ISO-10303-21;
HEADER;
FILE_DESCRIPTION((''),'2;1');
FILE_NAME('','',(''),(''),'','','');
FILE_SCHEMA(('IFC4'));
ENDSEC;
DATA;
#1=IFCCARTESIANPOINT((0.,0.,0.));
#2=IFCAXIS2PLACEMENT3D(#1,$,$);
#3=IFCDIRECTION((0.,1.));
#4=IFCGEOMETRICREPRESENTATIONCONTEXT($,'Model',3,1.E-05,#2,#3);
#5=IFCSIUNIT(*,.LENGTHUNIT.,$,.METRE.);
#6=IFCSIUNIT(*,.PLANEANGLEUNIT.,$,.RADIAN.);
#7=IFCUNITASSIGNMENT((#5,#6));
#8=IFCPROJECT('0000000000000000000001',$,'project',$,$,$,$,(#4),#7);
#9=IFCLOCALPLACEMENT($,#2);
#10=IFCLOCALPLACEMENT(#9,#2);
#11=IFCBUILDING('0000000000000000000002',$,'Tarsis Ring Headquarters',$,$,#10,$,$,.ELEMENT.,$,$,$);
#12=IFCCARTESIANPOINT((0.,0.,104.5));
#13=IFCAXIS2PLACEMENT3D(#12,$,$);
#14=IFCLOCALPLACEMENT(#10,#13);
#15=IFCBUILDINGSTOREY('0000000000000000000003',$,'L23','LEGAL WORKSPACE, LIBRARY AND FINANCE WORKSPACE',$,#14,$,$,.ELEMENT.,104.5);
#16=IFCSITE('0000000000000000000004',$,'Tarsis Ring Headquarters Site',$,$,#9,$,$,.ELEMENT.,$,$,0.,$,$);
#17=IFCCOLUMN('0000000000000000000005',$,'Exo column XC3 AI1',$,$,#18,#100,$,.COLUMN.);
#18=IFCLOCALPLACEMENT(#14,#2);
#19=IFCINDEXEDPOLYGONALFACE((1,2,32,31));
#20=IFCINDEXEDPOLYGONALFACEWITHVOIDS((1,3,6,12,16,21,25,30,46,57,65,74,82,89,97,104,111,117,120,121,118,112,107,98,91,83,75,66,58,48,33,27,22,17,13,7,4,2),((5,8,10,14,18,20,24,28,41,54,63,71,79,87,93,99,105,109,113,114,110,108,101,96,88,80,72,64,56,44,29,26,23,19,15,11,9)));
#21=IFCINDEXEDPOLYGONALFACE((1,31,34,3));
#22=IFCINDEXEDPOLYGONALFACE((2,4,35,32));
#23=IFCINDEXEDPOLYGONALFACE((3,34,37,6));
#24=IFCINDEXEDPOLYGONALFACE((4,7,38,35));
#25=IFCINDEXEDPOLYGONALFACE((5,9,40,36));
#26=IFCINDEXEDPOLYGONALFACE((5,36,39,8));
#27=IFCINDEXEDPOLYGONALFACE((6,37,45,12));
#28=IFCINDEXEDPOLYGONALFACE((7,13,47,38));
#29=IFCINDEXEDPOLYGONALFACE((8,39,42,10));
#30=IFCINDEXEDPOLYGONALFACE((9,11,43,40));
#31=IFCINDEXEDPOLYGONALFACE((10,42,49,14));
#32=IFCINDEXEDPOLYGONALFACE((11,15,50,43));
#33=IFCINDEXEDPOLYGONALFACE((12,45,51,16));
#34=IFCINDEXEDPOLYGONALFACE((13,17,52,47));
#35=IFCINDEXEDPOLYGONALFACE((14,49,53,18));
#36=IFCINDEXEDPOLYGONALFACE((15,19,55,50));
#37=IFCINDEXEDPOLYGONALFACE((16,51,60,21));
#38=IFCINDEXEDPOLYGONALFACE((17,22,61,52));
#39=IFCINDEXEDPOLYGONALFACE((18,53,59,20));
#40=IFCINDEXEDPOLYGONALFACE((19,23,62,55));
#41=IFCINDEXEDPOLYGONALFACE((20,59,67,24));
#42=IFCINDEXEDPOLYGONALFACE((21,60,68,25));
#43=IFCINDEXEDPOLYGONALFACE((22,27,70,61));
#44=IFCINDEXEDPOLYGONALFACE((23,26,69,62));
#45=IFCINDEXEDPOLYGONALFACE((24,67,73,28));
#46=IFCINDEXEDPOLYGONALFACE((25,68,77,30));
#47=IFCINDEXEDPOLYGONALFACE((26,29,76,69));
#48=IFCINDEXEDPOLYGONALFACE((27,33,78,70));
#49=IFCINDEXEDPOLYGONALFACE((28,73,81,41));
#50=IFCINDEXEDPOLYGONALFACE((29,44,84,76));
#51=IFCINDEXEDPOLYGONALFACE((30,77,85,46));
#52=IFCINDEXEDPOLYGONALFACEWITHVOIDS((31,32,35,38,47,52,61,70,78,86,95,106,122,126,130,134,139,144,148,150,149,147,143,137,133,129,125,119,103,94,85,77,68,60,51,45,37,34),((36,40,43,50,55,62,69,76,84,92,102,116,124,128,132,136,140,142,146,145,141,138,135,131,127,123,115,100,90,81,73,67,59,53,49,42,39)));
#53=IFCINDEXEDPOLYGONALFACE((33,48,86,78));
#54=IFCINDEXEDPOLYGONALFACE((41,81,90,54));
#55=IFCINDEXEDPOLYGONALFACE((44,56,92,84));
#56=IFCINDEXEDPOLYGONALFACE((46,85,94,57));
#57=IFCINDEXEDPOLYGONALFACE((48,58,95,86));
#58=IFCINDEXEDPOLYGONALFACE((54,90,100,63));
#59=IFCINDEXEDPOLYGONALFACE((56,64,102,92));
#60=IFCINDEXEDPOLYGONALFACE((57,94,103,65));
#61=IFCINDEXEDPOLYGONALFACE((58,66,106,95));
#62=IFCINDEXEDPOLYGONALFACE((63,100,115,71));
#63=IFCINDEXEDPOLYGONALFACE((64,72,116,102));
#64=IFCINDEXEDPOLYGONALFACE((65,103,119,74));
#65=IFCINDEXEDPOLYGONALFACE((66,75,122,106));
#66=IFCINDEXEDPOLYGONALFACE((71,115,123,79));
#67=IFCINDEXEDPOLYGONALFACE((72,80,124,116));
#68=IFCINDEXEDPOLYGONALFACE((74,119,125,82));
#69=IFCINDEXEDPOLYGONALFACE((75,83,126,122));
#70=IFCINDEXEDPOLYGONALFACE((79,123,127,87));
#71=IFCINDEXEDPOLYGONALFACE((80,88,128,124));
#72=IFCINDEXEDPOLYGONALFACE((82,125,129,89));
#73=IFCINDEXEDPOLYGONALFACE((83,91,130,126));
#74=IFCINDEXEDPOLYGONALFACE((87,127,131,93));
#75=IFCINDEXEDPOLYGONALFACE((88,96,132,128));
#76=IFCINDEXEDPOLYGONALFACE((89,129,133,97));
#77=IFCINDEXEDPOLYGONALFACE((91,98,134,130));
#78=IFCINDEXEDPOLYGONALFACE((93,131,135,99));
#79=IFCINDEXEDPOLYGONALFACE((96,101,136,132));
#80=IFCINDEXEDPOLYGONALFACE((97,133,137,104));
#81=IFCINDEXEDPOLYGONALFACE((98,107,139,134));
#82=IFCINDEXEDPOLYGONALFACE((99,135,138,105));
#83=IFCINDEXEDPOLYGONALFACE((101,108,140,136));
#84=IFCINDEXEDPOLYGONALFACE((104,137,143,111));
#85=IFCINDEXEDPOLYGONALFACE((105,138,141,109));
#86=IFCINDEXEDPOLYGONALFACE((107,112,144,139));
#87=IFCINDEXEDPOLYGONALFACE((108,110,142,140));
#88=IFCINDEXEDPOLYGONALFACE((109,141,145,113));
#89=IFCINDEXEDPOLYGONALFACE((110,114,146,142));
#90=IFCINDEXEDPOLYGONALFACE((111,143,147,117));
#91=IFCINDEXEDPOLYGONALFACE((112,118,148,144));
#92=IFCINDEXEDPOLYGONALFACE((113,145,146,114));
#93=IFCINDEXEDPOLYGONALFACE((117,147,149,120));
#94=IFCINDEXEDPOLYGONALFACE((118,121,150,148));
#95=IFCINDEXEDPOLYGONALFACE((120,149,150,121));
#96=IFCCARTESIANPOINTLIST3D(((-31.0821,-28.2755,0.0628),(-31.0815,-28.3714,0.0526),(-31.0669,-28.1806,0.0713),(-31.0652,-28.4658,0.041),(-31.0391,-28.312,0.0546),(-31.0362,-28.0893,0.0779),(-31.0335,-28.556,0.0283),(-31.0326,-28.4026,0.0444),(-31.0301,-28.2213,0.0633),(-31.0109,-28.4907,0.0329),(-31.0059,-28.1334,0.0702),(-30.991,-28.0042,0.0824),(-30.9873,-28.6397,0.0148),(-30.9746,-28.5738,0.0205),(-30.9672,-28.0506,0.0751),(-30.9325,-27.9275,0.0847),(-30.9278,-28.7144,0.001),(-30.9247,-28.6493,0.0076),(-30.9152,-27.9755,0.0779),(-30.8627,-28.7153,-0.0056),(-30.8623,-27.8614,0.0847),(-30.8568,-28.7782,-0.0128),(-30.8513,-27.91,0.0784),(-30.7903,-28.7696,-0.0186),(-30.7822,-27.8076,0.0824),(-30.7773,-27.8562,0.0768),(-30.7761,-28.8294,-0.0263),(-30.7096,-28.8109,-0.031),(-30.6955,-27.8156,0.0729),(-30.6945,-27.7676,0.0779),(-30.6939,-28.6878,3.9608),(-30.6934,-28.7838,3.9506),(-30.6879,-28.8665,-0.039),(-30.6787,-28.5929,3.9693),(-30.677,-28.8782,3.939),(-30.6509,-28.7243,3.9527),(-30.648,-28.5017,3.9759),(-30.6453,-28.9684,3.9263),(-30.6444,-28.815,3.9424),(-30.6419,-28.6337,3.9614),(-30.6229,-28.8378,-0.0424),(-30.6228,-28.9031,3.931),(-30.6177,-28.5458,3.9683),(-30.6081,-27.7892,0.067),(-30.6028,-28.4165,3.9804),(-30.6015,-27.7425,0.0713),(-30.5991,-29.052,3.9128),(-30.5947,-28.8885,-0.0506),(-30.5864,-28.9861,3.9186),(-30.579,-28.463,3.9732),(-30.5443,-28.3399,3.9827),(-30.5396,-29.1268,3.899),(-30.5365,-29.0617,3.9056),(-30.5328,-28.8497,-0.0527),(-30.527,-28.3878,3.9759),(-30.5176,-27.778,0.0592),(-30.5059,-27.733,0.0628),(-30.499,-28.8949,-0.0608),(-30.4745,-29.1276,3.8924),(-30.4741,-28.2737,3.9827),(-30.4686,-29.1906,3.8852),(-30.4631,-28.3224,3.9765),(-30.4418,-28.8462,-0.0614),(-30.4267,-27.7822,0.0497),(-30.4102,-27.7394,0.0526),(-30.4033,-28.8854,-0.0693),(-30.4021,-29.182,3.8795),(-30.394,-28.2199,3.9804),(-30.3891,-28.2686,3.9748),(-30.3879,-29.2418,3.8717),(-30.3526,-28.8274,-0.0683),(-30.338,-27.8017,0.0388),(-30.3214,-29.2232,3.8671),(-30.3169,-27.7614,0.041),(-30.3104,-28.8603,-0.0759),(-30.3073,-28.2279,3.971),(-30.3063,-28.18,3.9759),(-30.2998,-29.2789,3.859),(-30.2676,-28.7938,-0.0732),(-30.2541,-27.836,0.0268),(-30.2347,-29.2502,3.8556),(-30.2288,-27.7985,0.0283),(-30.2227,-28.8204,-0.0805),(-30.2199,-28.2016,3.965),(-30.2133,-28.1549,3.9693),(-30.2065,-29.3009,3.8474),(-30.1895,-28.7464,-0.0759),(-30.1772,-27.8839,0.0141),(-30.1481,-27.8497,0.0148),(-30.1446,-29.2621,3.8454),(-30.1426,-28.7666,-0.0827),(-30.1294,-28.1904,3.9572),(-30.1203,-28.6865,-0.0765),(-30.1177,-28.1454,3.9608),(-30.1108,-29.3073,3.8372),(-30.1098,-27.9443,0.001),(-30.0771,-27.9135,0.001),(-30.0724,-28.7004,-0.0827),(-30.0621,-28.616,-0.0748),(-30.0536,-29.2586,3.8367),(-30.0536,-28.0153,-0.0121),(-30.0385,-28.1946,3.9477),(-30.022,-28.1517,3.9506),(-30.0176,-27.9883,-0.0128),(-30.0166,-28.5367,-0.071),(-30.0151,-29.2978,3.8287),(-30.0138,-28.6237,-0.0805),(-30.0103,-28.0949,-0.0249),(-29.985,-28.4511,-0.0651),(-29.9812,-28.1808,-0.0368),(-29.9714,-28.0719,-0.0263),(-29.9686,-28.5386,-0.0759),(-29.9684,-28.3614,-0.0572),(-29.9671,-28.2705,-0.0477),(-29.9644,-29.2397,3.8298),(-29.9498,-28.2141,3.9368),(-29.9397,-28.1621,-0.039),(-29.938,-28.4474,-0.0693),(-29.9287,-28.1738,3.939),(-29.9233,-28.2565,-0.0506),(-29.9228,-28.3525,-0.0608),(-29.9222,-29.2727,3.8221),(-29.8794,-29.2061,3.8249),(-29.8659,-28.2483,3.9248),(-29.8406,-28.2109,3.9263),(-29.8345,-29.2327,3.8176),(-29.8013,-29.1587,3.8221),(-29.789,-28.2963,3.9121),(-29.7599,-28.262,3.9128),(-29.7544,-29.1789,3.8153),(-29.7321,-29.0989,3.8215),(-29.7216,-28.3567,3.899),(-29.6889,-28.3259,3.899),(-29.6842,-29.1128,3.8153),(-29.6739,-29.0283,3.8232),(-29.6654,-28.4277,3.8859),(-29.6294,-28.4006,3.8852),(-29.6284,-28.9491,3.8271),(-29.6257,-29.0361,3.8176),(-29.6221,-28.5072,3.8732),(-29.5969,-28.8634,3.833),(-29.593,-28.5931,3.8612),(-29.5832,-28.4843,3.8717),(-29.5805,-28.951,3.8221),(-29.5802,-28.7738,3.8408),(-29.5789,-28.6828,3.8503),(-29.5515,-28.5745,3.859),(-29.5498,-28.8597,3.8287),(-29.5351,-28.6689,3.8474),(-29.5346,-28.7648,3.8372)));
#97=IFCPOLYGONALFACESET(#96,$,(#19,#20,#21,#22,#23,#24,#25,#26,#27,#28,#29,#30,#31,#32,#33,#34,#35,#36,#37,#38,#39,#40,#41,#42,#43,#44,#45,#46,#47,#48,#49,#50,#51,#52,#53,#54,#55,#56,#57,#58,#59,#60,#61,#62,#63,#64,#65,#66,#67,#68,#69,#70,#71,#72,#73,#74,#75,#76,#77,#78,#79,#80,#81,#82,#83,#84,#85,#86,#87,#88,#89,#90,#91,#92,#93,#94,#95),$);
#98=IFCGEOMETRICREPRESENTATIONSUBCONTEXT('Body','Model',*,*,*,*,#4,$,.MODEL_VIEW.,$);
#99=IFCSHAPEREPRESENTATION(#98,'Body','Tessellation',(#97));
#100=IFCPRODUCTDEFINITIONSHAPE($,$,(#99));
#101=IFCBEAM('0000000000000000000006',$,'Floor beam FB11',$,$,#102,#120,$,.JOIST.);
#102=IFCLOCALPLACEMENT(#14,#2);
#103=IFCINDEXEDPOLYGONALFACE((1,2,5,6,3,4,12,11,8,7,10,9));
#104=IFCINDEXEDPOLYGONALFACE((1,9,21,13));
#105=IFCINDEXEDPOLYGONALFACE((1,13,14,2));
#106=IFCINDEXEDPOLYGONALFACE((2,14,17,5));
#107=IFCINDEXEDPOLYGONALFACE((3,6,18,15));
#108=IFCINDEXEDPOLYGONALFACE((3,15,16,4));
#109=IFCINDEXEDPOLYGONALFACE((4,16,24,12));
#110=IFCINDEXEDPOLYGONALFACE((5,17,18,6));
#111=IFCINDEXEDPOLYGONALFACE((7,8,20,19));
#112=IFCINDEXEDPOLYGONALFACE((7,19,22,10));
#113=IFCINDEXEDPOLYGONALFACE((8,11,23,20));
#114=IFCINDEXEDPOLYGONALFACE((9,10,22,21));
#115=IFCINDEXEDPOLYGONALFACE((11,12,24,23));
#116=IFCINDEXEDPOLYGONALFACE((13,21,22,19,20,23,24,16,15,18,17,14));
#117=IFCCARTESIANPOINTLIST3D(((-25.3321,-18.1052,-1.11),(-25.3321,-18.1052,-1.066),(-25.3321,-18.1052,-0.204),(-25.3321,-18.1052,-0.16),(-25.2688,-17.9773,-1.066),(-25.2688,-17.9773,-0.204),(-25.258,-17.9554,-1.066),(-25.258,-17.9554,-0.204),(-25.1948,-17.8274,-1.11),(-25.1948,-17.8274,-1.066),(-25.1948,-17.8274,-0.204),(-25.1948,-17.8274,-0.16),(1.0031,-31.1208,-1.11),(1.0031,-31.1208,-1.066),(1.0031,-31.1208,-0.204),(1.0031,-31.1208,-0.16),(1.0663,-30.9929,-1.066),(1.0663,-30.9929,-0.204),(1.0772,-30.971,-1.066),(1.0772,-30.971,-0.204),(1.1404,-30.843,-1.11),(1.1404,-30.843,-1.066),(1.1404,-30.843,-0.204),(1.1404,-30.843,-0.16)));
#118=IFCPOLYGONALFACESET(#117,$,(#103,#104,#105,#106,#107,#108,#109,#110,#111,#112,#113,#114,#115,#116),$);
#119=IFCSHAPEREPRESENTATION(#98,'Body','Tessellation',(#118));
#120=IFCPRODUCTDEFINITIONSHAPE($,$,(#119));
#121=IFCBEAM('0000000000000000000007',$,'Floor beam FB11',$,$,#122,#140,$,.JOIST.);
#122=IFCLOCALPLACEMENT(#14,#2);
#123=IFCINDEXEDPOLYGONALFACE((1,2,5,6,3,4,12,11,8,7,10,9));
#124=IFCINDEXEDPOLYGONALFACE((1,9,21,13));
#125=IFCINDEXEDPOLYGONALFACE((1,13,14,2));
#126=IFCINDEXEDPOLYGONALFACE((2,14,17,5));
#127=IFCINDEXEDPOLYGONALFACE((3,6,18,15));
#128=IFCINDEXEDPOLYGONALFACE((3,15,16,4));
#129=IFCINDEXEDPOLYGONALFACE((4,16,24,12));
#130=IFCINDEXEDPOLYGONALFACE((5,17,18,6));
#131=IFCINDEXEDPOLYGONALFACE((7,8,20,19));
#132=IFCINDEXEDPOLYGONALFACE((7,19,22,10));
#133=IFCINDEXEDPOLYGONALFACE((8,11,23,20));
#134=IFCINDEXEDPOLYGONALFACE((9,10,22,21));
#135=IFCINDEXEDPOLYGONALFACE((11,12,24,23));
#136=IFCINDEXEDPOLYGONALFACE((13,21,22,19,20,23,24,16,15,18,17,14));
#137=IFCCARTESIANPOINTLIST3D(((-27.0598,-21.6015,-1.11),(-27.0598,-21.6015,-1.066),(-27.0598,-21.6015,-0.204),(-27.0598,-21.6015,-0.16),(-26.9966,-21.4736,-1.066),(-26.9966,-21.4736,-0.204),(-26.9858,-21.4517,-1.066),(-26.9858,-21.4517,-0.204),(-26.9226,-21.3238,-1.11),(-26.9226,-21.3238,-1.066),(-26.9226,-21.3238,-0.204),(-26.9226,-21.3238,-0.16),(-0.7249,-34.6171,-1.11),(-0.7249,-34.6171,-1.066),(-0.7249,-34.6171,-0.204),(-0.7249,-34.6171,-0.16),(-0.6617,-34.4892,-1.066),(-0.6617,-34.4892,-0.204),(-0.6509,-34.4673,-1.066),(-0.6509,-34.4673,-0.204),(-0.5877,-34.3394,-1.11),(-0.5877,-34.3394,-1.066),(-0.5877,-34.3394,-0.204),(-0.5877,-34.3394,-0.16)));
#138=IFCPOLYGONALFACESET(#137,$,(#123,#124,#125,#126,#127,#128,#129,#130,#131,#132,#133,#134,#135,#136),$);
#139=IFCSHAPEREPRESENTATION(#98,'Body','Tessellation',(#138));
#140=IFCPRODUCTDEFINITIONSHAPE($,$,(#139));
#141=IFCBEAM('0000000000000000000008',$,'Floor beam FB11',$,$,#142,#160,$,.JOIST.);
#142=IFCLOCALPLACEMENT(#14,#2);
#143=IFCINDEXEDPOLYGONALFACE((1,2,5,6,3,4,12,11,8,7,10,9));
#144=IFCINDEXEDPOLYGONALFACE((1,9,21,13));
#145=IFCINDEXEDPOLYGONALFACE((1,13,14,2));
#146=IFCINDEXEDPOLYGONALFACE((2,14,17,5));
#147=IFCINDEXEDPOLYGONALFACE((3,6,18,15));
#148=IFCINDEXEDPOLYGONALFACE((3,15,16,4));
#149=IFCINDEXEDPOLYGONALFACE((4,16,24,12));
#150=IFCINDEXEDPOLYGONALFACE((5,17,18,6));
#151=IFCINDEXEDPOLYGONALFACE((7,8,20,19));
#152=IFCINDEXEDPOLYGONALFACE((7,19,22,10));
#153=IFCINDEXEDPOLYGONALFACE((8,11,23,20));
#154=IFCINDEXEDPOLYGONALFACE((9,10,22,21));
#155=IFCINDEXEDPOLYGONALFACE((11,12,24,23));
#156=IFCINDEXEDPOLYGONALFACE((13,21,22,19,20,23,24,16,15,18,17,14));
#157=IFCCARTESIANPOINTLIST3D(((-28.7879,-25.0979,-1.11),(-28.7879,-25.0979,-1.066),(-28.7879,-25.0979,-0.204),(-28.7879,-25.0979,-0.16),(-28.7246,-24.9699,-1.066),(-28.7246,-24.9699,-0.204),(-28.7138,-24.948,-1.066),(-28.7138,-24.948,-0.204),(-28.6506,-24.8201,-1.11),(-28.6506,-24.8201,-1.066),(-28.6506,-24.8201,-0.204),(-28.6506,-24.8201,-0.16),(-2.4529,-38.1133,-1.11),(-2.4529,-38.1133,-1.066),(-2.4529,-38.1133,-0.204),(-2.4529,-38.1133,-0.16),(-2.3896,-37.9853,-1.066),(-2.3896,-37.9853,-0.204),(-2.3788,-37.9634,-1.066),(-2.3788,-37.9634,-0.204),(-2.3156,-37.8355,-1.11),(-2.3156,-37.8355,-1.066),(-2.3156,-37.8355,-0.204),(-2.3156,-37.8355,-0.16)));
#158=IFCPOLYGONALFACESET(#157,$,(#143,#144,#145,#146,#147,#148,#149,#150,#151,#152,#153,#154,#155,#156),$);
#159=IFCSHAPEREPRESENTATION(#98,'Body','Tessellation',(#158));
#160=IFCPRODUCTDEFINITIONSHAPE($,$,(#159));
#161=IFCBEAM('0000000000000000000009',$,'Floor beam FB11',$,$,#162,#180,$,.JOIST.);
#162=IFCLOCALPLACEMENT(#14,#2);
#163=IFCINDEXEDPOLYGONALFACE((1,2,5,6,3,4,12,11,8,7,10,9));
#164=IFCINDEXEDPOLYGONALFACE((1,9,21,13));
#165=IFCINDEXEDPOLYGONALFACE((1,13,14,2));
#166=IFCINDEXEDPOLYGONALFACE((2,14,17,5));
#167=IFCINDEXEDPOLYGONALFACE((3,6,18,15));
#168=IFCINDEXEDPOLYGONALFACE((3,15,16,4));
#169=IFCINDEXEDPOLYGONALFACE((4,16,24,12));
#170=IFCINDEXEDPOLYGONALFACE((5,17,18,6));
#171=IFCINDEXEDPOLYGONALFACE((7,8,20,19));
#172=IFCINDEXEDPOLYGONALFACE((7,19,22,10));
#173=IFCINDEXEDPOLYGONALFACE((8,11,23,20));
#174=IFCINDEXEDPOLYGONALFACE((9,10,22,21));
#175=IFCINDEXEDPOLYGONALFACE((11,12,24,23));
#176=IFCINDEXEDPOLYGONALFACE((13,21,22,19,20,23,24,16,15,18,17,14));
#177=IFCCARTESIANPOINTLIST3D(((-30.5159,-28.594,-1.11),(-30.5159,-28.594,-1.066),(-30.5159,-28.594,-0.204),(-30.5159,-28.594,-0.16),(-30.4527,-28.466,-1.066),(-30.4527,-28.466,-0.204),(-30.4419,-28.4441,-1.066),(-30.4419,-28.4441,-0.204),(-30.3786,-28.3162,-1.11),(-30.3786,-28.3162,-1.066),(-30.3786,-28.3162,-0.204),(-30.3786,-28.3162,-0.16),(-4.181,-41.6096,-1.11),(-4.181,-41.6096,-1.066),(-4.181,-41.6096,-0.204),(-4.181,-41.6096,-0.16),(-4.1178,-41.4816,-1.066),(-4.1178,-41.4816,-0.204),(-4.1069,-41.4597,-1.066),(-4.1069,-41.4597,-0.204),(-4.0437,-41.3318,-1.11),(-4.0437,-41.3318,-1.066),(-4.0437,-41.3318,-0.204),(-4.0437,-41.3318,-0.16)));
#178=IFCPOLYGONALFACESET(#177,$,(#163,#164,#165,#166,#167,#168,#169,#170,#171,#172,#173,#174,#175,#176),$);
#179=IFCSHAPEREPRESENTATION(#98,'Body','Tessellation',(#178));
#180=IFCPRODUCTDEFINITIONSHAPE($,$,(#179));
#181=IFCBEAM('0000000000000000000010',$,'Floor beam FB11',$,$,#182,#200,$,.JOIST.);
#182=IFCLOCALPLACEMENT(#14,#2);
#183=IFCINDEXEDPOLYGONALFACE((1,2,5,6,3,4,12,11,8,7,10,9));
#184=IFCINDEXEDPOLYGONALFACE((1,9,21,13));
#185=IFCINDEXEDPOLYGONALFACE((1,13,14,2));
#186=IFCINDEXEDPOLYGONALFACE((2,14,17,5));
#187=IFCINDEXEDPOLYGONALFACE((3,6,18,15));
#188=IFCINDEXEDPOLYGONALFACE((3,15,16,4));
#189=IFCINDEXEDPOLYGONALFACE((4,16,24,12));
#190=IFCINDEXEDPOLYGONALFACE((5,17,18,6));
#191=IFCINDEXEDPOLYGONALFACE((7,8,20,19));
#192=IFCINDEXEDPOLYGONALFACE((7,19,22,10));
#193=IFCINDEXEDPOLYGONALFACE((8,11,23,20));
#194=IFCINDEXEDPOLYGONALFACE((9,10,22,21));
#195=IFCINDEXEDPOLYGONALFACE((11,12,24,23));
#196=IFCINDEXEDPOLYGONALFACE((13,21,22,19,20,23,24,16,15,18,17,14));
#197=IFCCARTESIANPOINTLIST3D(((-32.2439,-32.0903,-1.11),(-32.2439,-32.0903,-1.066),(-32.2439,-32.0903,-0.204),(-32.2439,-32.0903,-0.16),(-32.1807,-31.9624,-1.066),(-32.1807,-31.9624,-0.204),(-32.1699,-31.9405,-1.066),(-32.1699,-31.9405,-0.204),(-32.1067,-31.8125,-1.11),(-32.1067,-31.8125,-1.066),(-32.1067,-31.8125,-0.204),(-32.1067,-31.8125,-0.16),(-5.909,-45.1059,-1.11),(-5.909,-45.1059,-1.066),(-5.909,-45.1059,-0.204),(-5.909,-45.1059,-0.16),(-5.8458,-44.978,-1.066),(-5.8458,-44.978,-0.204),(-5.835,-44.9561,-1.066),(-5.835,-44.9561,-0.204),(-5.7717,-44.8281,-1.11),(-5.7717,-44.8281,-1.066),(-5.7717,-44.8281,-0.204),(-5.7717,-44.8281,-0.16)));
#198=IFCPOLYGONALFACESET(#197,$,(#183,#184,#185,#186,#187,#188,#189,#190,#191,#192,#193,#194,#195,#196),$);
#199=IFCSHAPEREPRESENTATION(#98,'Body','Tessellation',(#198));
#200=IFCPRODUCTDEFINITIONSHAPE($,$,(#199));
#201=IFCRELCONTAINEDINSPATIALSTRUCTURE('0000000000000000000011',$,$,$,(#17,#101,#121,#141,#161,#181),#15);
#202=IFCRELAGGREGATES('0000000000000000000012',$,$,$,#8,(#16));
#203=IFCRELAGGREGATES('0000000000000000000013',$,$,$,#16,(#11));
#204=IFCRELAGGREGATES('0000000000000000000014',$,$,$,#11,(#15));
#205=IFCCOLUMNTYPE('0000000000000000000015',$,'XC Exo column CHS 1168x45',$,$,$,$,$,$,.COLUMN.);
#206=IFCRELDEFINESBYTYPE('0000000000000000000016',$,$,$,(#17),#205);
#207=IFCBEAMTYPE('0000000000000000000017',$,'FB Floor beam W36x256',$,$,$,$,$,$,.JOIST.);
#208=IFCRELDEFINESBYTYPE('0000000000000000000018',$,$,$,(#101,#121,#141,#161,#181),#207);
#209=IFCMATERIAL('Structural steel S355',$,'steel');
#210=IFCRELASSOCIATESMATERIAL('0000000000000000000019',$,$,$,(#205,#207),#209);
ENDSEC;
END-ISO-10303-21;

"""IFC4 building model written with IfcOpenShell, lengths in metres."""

from ifc_helpers import new_model, si_unit, direction, frame, origin, origin_2d, place, context, subcontext, project, spatial, hollow_circle, i_section, extrude, material, material_profile, profile_set, type_object, element, save


model = new_model("IFC4")

# Units and contexts
model_context = context("Model", 3, precision=1e-05, world=origin(), true_north=direction((0.0, 1.0)))
body_context = subcontext(model_context, "Body", "Model", "MODEL_VIEW")
ifc_project = project(units=[si_unit("LENGTHUNIT", "METRE"), si_unit("PLANEANGLEUNIT", "RADIAN")], contexts=[model_context])

# Site, building, storey
site_placement = place(None, origin())
site = spatial("IfcSite", under=ifc_project, at=site_placement, Name="Tarsis Ring Headquarters Site", CompositionType="ELEMENT", RefElevation=0.0)
building_placement = place(site_placement, origin())
building = spatial("IfcBuilding", under=site, at=building_placement, Name="Tarsis Ring Headquarters", CompositionType="ELEMENT")
storey_placement = place(building_placement, frame((0.0, 0.0, 104.5)))
storey = spatial("IfcBuildingStorey", under=building, at=storey_placement, Name="L23", Description="LEGAL WORKSPACE, LIBRARY AND FINANCE WORKSPACE", CompositionType="ELEMENT", Elevation=104.5)

# Column
ifc_material_1 = material(Name="Structural steel S355", Category="steel")
ifc_material_profile_1 = material_profile(ifc_material_1, hollow_circle(Radius=0.5842, WallThickness=0.0449, at=origin_2d()), Name="CHS 1168x45")
ifc_profile_set_1 = profile_set([ifc_material_profile_1], Name="Structural steel S355")
column_type = type_object("IfcColumnType", Name="XC Exo column CHS 1168x45", PredefinedType="COLUMN", material=ifc_profile_set_1)
column_placement = place(storey_placement, frame((-30.5024, -28.314, 0.001), z_axis=(0.098552, -0.104688, 0.98961), x_axis=(0.728124, 0.685445, 0.0)))
element("IfcColumn", 1, at=column_placement, inside=storey, type_object=column_type, Name="Exo column XC3 AI1", PredefinedType="COLUMN", context=body_context, shape_type="SweptSolid", body=[
    extrude(hollow_circle(Radius=0.5842, WallThickness=0.0449, at=origin_2d()), origin(), (0.0, 0.0, 1.0), 3.939),
])

# Beams
ifc_material_profile_2 = material_profile(ifc_material_1, i_section(OverallWidth=0.3098, OverallDepth=0.95, WebThickness=0.0244, FlangeThickness=0.0439, at=origin_2d()), Name="W36x256")
ifc_profile_set_2 = profile_set([ifc_material_profile_2], Name="Structural steel S355")
beam_type_1 = type_object("IfcBeamType", Name="FB Floor beam W36x256", PredefinedType="JOIST", material=ifc_profile_set_2)
beam_1_placement = place(storey_placement, frame((-25.2634, -17.9663, -0.635), z_axis=(0.896487, -0.44307, 0.0), x_axis=(0.44307, 0.896487, 0.0)))
element("IfcBeam", 2, at=beam_1_placement, inside=storey, type_object=beam_type_1, Name="Floor beam FB11", PredefinedType="JOIST", context=body_context, shape_type="SweptSolid", body=[
    extrude(i_section(OverallWidth=0.3098, OverallDepth=0.95, WebThickness=0.0244, FlangeThickness=0.0439, at=origin_2d()), origin(), (0.0, 0.0, 1.0), 29.376),
])
for number, where, z_axis, x_axis, name in (
    (3, (-26.9912, -21.4626, -0.635), (0.896485, -0.443073, 0.0), (0.443073, 0.896485, 0.0), "Floor beam FB11"),
    (4, (-28.7192, -24.959, -0.635), (0.896489, -0.443067, 0.0), (0.443067, 0.896489, 0.0), "Floor beam FB11"),
    (5, (-30.4473, -28.4551, -0.635), (0.896485, -0.443073, 0.0), (0.443073, 0.896485, 0.0), "Floor beam FB11"),
    (6, (-32.1753, -31.9514, -0.635), (0.896485, -0.443073, 0.0), (0.443073, 0.896485, 0.0), "Floor beam FB11"),
):
    element("IfcBeam", number, at=place(storey_placement, frame(where, z_axis=z_axis, x_axis=x_axis)), inside=storey, type_object=beam_type_1, Name=name, PredefinedType="JOIST", context=body_context, shape_type="SweptSolid", body=[
        extrude(i_section(OverallWidth=0.3098, OverallDepth=0.95, WebThickness=0.0244, FlangeThickness=0.0439, at=origin_2d()), origin(), (0.0, 0.0, 1.0), 29.3757),
    ])

save(model, "model.ifc")
